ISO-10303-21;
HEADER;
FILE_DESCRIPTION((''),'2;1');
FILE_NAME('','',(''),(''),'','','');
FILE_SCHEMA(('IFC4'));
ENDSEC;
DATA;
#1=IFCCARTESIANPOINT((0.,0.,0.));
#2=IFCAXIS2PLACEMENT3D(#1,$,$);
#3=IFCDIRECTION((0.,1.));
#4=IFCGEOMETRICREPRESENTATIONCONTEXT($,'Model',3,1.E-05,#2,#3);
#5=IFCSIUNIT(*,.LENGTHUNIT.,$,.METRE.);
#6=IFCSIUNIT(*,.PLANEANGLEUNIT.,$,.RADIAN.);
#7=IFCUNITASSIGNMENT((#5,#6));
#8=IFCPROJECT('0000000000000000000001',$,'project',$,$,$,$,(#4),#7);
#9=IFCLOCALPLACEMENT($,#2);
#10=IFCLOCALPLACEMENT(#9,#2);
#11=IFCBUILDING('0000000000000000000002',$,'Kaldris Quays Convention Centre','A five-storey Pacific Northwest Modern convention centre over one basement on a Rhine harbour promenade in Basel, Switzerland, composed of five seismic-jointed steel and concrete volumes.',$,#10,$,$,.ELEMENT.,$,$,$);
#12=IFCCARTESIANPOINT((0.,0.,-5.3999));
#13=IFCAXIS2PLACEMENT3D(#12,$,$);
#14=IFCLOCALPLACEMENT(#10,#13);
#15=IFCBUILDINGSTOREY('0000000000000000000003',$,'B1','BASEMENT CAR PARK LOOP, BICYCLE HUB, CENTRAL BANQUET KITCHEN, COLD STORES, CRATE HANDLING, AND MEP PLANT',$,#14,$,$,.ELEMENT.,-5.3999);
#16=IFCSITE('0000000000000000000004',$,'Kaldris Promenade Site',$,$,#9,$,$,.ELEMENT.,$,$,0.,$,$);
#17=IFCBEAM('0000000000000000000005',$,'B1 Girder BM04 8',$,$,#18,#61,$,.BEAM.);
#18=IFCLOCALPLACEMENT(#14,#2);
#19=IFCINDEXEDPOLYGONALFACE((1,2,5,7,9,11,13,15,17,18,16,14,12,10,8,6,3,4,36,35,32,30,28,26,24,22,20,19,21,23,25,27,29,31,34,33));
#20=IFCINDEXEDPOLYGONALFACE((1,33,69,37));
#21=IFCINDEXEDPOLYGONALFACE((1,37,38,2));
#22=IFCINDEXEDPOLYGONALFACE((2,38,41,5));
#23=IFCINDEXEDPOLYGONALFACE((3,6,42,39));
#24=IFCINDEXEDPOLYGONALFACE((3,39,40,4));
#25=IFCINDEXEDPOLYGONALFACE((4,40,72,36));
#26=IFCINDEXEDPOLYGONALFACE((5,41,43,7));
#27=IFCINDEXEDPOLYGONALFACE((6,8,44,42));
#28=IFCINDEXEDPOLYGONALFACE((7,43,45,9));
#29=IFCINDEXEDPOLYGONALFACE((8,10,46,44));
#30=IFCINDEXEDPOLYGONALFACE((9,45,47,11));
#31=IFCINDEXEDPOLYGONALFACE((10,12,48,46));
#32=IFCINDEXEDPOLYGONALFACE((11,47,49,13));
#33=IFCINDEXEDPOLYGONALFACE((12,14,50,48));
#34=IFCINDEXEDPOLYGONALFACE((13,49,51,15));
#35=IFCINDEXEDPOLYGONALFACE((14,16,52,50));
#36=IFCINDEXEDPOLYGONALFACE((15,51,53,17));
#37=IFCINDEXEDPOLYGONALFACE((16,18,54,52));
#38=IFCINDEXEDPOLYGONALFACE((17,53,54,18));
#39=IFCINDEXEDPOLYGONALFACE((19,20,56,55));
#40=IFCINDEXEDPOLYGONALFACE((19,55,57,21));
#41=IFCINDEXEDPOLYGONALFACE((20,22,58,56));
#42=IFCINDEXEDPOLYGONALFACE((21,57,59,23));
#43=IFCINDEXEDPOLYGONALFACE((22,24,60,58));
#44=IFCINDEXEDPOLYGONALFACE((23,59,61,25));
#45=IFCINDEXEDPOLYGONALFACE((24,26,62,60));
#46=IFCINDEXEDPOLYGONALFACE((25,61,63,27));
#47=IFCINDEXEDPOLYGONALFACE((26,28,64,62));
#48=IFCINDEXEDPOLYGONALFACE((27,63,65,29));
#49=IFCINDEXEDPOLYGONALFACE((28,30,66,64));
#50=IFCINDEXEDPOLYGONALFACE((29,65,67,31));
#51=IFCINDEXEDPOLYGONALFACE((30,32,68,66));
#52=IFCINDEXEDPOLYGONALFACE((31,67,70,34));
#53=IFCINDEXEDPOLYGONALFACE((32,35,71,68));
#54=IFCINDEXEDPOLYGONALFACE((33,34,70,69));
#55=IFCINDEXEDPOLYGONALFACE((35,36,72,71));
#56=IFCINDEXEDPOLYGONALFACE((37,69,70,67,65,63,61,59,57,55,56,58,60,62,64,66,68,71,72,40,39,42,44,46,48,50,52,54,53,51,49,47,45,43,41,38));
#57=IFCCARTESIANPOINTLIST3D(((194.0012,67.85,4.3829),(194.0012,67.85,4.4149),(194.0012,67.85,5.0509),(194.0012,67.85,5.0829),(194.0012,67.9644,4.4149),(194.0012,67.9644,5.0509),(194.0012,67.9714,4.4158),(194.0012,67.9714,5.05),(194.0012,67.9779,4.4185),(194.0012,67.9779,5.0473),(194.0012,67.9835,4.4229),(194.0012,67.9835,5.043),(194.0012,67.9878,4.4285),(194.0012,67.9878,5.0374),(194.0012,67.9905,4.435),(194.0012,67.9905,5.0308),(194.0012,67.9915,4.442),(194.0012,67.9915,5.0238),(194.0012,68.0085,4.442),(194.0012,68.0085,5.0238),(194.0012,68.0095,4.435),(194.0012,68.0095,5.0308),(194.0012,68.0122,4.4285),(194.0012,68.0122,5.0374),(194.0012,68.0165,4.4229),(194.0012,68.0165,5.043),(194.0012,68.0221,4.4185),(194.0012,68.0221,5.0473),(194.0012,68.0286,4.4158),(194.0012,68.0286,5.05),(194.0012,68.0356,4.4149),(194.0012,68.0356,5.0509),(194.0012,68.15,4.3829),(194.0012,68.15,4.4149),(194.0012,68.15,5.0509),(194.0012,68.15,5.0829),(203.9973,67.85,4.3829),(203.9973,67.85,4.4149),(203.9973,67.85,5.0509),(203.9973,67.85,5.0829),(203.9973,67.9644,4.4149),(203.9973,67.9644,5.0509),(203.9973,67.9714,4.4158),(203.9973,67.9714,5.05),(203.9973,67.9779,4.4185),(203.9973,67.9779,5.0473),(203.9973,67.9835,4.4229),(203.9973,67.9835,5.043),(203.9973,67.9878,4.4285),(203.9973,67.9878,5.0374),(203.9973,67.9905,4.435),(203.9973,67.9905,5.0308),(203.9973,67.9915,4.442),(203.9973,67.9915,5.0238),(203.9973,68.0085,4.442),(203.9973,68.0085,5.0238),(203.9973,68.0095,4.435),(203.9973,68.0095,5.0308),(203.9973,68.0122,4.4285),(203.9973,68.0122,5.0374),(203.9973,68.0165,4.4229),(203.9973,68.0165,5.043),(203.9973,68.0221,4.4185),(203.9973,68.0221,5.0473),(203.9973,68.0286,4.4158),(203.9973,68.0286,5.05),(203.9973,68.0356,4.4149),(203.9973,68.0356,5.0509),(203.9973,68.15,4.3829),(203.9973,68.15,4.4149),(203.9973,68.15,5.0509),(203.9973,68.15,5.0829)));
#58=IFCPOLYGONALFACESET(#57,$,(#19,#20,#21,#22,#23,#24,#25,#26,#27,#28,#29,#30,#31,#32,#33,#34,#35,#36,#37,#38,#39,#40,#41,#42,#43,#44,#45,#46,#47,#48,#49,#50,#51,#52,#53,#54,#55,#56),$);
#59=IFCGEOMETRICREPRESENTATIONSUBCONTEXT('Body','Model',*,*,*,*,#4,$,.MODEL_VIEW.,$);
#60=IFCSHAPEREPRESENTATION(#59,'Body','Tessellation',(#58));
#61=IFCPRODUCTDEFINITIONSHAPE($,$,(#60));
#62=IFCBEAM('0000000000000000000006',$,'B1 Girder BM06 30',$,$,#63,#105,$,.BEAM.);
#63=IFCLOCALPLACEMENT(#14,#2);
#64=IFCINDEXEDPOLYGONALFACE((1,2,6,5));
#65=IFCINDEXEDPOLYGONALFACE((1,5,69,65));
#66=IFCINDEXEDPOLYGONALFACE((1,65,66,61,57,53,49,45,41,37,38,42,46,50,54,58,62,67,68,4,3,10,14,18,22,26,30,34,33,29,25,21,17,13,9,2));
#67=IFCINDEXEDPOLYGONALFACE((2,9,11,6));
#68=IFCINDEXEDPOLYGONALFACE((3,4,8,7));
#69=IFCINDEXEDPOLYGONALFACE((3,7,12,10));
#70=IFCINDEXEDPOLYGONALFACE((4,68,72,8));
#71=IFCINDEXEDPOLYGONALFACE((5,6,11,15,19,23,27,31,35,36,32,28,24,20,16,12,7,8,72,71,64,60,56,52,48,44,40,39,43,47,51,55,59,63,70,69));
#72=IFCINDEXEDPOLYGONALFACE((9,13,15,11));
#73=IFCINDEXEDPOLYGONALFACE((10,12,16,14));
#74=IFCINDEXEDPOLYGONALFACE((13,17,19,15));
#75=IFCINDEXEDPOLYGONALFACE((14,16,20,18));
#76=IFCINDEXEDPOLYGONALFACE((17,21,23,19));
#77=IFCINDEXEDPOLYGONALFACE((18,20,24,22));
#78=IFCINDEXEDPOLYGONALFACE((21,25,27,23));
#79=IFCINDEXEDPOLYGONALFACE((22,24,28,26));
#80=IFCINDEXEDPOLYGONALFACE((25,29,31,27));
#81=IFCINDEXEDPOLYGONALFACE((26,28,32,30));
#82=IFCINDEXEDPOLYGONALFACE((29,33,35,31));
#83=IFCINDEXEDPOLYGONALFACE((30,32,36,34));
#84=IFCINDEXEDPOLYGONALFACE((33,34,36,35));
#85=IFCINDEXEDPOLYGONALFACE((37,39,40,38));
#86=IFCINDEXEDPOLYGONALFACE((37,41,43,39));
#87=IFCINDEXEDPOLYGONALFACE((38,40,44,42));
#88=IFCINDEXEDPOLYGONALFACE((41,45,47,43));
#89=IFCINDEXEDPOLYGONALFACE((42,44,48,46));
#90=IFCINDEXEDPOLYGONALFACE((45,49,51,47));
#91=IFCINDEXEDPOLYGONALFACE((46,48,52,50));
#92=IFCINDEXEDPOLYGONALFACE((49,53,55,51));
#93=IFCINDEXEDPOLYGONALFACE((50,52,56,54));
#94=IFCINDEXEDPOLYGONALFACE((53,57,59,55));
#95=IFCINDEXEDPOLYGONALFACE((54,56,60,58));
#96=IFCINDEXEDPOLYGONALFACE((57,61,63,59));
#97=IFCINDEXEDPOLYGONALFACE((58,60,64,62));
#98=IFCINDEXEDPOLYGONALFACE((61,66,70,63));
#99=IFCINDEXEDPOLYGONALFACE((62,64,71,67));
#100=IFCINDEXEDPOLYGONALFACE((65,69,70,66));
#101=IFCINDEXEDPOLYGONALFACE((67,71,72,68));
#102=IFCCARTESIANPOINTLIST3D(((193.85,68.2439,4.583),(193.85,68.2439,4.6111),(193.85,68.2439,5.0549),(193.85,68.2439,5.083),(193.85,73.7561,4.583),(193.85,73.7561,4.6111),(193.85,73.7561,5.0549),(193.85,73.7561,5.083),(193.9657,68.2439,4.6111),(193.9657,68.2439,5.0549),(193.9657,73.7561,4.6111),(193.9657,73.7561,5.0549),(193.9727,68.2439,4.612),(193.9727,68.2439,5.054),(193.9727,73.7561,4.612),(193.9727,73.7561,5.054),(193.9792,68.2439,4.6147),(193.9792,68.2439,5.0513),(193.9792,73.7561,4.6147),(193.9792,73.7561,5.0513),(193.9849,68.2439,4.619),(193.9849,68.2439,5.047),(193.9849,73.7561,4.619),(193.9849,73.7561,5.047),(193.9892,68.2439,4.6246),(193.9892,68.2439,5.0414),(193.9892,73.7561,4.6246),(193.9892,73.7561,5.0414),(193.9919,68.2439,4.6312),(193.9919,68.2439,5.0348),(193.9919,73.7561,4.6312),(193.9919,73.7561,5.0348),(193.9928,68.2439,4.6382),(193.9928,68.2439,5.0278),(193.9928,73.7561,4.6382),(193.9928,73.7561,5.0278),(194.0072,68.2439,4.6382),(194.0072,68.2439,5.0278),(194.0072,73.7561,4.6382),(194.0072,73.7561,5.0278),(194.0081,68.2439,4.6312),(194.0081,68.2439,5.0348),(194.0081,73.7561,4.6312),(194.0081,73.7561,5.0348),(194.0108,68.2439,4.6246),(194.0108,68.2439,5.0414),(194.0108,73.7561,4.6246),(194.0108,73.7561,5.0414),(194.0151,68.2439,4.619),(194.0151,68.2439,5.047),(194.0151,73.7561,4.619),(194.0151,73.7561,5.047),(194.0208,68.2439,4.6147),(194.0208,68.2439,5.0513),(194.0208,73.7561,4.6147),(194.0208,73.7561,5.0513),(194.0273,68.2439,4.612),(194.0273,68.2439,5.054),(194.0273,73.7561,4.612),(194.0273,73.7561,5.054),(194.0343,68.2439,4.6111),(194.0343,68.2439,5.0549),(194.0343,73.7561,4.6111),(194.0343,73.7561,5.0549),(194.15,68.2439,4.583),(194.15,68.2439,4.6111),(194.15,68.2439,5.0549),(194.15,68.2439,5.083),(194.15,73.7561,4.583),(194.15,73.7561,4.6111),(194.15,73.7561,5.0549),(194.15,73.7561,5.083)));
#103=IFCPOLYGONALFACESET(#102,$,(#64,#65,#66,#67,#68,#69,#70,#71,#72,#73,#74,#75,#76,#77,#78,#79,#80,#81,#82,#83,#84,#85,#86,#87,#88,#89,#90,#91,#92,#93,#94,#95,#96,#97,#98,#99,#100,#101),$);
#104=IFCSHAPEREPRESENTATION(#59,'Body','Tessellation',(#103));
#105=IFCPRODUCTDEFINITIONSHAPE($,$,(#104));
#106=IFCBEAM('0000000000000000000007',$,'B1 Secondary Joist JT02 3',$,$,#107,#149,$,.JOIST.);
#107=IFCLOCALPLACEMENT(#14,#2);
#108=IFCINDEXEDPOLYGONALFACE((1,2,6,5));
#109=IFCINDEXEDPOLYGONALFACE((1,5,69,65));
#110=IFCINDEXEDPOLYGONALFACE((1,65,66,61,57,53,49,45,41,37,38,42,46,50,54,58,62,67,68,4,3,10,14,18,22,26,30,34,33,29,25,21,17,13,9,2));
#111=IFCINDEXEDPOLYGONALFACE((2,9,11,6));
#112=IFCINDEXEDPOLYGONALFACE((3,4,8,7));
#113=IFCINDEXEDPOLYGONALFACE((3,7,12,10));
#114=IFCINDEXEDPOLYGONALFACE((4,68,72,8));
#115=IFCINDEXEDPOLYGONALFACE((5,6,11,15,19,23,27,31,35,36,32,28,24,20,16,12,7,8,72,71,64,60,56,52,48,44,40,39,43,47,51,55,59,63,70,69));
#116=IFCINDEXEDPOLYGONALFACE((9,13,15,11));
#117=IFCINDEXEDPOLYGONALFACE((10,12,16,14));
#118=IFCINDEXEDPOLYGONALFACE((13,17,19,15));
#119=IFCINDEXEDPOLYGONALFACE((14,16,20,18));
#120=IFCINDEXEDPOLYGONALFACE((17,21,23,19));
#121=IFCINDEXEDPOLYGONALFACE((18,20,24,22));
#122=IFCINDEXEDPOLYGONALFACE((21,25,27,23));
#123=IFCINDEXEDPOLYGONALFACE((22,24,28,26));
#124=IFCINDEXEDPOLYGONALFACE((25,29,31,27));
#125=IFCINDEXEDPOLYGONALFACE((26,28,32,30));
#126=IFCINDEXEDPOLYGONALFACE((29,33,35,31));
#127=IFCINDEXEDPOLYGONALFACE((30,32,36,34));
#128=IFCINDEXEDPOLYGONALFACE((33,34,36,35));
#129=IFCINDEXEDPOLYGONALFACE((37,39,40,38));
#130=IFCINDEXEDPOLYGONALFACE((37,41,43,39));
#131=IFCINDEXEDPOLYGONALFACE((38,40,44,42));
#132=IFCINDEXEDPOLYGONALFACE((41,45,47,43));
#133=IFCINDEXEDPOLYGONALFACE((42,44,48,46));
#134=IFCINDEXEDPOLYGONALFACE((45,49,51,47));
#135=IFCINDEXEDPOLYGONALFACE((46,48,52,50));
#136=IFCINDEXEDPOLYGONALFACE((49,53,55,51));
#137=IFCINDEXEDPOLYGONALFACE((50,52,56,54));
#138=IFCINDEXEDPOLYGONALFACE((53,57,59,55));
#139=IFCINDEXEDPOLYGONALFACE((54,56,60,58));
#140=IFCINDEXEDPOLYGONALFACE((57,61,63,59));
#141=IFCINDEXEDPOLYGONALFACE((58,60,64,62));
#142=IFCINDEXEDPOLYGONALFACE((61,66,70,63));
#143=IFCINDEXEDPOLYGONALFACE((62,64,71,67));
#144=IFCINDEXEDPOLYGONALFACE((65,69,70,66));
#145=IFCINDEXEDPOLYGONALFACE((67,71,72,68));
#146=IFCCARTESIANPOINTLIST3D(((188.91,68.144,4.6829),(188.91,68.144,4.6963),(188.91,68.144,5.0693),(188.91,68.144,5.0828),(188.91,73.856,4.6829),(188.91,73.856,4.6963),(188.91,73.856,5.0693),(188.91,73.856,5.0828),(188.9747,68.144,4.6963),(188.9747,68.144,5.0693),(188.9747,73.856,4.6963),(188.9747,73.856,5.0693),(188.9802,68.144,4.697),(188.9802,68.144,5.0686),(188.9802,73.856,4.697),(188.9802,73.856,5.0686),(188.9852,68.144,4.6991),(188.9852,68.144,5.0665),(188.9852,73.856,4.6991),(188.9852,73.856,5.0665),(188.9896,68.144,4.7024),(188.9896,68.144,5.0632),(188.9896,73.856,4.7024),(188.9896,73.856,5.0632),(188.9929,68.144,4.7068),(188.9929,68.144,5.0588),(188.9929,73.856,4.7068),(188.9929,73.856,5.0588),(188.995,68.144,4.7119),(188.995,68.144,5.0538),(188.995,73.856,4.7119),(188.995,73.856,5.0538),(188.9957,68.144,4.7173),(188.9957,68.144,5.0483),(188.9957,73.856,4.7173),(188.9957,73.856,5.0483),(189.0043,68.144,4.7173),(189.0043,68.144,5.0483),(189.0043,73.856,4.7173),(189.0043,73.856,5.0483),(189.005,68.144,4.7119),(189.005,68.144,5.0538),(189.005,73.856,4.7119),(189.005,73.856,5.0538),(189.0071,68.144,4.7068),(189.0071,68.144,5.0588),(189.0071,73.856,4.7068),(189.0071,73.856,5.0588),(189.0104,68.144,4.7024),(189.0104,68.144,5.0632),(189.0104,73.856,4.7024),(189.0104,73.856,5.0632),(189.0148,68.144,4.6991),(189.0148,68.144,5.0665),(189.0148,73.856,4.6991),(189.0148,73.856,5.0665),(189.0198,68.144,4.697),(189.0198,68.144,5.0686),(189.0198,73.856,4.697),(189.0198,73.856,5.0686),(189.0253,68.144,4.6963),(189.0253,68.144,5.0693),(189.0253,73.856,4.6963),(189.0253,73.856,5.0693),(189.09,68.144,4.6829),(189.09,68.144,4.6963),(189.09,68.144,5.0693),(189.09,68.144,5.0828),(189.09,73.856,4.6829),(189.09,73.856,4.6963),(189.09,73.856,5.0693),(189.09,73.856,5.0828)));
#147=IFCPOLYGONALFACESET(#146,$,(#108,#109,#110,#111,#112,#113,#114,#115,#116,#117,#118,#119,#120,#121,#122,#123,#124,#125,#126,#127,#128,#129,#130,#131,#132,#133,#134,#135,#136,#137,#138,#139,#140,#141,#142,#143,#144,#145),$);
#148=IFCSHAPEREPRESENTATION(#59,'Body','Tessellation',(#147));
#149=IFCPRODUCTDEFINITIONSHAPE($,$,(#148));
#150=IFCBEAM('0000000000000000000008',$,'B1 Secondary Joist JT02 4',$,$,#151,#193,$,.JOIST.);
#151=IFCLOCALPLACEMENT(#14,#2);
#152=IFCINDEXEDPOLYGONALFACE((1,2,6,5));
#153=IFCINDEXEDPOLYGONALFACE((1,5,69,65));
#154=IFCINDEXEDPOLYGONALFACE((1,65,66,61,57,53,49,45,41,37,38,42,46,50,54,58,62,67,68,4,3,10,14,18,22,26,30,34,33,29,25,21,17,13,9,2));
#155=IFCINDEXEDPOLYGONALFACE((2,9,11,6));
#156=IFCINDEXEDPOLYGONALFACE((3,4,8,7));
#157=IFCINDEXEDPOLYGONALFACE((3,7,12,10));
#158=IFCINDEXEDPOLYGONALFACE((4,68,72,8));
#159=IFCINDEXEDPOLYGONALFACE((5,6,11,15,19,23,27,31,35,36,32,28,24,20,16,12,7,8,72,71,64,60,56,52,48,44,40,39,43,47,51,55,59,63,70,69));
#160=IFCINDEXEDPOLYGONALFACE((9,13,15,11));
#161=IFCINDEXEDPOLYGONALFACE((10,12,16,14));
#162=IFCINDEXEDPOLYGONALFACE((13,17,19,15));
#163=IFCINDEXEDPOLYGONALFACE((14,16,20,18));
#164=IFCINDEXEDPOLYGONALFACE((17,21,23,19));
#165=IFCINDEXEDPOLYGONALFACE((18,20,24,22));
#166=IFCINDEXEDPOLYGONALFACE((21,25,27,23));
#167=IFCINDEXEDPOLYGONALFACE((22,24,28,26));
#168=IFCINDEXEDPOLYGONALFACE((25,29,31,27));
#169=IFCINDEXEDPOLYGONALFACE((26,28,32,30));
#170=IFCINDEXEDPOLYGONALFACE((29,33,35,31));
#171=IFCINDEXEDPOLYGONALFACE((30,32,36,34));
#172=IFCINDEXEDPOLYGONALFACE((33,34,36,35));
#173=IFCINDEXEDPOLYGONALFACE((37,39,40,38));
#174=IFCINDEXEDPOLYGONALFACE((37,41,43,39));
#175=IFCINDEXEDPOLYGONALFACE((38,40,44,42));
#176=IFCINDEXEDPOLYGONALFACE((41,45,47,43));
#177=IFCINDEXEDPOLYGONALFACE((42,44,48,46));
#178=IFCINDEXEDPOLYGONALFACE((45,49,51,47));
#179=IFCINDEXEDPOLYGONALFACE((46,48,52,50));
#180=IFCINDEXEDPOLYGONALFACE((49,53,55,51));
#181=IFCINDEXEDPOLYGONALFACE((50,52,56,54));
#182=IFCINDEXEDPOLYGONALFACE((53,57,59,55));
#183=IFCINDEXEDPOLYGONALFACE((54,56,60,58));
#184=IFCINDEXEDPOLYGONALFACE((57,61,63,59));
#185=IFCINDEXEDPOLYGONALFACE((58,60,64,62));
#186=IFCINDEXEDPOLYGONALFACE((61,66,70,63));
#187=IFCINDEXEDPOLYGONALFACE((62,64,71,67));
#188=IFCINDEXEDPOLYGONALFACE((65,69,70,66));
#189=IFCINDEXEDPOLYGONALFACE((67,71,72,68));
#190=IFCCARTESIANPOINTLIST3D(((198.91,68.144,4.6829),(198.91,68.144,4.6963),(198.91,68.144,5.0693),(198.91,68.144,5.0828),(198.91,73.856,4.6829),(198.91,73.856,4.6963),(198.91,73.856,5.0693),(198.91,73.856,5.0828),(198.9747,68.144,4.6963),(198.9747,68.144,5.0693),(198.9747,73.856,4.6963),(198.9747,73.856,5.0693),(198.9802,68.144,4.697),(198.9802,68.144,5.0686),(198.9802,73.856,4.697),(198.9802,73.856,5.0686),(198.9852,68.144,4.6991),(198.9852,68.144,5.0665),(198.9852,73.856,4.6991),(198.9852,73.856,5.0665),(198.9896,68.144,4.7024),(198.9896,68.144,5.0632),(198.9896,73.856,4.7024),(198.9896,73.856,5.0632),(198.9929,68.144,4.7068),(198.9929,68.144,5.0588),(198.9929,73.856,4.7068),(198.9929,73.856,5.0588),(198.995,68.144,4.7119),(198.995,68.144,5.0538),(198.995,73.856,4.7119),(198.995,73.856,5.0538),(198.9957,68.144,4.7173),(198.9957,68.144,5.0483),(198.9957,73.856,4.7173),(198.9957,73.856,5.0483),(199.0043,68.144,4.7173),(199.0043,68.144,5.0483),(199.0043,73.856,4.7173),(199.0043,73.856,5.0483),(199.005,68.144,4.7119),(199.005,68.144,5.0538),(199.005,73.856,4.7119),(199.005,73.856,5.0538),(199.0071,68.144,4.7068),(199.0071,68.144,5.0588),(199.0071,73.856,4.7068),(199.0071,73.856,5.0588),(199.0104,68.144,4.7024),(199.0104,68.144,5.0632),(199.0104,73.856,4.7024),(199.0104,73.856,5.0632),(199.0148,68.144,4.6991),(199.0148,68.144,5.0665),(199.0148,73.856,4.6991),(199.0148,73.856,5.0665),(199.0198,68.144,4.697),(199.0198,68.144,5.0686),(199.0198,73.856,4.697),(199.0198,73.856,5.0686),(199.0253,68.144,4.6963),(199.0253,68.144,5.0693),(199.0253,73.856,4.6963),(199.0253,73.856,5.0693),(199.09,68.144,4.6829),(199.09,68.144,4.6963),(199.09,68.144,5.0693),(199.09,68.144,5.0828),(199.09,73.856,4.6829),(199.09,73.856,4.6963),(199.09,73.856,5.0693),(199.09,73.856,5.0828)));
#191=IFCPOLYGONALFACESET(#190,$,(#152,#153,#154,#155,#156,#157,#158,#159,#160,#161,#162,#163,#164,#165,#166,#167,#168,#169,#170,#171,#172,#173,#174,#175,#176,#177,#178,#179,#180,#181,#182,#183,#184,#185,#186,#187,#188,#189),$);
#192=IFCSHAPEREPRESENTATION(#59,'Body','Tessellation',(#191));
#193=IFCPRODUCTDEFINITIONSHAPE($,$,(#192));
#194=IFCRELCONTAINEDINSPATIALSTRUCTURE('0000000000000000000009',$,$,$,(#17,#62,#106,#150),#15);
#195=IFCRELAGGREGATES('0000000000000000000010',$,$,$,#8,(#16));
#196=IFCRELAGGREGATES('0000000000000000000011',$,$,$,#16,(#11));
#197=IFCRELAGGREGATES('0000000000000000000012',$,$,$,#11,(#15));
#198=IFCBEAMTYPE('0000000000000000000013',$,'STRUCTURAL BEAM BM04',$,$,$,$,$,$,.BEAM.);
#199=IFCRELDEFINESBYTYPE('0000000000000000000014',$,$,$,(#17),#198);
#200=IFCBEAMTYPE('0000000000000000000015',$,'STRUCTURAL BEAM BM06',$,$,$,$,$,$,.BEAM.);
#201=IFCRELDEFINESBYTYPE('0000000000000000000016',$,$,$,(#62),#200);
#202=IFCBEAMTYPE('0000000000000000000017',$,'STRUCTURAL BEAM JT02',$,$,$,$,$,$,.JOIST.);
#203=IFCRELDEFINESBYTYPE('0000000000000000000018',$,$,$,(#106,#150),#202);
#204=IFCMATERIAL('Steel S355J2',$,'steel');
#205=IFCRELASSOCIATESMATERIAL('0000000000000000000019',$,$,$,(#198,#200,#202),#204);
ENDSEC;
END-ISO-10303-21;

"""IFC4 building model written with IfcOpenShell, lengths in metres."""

from ifc_helpers import new_model, si_unit, direction, frame, origin, origin_2d, place, context, subcontext, project, spatial, i_section, extrude, material, material_profile, profile_set, type_object, element, save


model = new_model("IFC4")

# Units and contexts
model_context = context("Model", 3, precision=1e-05, world=origin(), true_north=direction((0.0, 1.0)))
body_context = subcontext(model_context, "Body", "Model", "MODEL_VIEW")
ifc_project = project(units=[si_unit("LENGTHUNIT", "METRE"), si_unit("PLANEANGLEUNIT", "RADIAN")], contexts=[model_context])

# Site, building, storey
site_placement = place(None, origin())
site = spatial("IfcSite", under=ifc_project, at=site_placement, Name="Kaldris Promenade Site", CompositionType="ELEMENT", RefElevation=0.0)
building_placement = place(site_placement, origin())
building = spatial("IfcBuilding", under=site, at=building_placement, Name="Kaldris Quays Convention Centre", Description="A five-storey Pacific Northwest Modern convention centre over one basement on a Rhine harbour promenade in Basel, Switzerland, composed of five seismic-jointed steel and concrete volumes.", CompositionType="ELEMENT")
storey_placement = place(building_placement, frame((0.0, 0.0, -5.3999)))
storey = spatial("IfcBuildingStorey", under=building, at=storey_placement, Name="B1", Description="BASEMENT CAR PARK LOOP, BICYCLE HUB, CENTRAL BANQUET KITCHEN, COLD STORES, CRATE HANDLING, AND MEP PLANT", CompositionType="ELEMENT", Elevation=-5.3999)

# Shared definitions
ifc_material_1 = material(Name="Steel S355J2", Category="steel")

# Beams
ifc_material_profile_1 = material_profile(ifc_material_1, i_section(OverallWidth=0.3, OverallDepth=0.7, WebThickness=0.0171, FlangeThickness=0.032, FilletRadius=0.0271, at=origin_2d()), Name="HEB 700")
ifc_profile_set_1 = profile_set([ifc_material_profile_1], Name="Steel S355J2")
beam_type_1 = type_object("IfcBeamType", Name="STRUCTURAL BEAM BM04", PredefinedType="BEAM", material=ifc_profile_set_1)
beam_1_placement = place(storey_placement, frame((194.0012, 68.0, 4.7329), z_axis=(1.0, 0.0, 0.0), x_axis=(0.0, 1.0, 0.0)))
element("IfcBeam", 1, at=beam_1_placement, inside=storey, type_object=beam_type_1, Name="B1 Girder BM04 8", PredefinedType="BEAM", context=body_context, shape_type="SweptSolid", body=[
    extrude(i_section(OverallWidth=0.3, OverallDepth=0.7, WebThickness=0.0171, FlangeThickness=0.032, FilletRadius=0.0271, at=origin_2d()), origin(), (0.0, 0.0, 1.0), 9.9961),
])
ifc_material_profile_2 = material_profile(ifc_material_1, i_section(OverallWidth=0.3, OverallDepth=0.5, WebThickness=0.0144, FlangeThickness=0.0281, FilletRadius=0.0271, at=origin_2d()), Name="HEB 500")
ifc_profile_set_2 = profile_set([ifc_material_profile_2], Name="Steel S355J2")
beam_type_2 = type_object("IfcBeamType", Name="STRUCTURAL BEAM BM06", PredefinedType="BEAM", material=ifc_profile_set_2)
beam_2_placement = place(storey_placement, frame((194.0, 68.2439, 4.833), z_axis=(0.0, 1.0, 0.0), x_axis=(-1.0, 0.0, 0.0)))
element("IfcBeam", 2, at=beam_2_placement, inside=storey, type_object=beam_type_2, Name="B1 Girder BM06 30", PredefinedType="BEAM", context=body_context, shape_type="SweptSolid", body=[
    extrude(i_section(OverallWidth=0.3, OverallDepth=0.5, WebThickness=0.0144, FlangeThickness=0.0281, FilletRadius=0.0271, at=origin_2d()), origin(), (0.0, 0.0, 1.0), 5.5122),
])
ifc_material_profile_3 = material_profile(ifc_material_1, i_section(OverallWidth=0.1799, OverallDepth=0.3999, WebThickness=0.0085, FlangeThickness=0.0134, FilletRadius=0.021, at=origin_2d()), Name="IPE 400")
ifc_profile_set_3 = profile_set([ifc_material_profile_3], Name="Steel S355J2")
beam_type_3 = type_object("IfcBeamType", Name="STRUCTURAL BEAM JT02", PredefinedType="JOIST", material=ifc_profile_set_3)
for number, where, z_axis, x_axis, name in (
    (3, (189.0, 68.144, 4.8828), (0.0, 1.0, 0.0), (-1.0, 0.0, 0.0), "B1 Secondary Joist JT02 3"),
    (4, (199.0, 68.144, 4.8828), (0.0, 1.0, 0.0), (-1.0, 0.0, 0.0), "B1 Secondary Joist JT02 4"),
):
    element("IfcBeam", number, at=place(storey_placement, frame(where, z_axis=z_axis, x_axis=x_axis)), inside=storey, type_object=beam_type_3, Name=name, PredefinedType="JOIST", context=body_context, shape_type="SweptSolid", body=[
        extrude(i_section(OverallWidth=0.1799, OverallDepth=0.3999, WebThickness=0.0085, FlangeThickness=0.0134, FilletRadius=0.021, at=origin_2d()), origin(), (0.0, 0.0, 1.0), 5.7119),
    ])

save(model, "model.ifc")
